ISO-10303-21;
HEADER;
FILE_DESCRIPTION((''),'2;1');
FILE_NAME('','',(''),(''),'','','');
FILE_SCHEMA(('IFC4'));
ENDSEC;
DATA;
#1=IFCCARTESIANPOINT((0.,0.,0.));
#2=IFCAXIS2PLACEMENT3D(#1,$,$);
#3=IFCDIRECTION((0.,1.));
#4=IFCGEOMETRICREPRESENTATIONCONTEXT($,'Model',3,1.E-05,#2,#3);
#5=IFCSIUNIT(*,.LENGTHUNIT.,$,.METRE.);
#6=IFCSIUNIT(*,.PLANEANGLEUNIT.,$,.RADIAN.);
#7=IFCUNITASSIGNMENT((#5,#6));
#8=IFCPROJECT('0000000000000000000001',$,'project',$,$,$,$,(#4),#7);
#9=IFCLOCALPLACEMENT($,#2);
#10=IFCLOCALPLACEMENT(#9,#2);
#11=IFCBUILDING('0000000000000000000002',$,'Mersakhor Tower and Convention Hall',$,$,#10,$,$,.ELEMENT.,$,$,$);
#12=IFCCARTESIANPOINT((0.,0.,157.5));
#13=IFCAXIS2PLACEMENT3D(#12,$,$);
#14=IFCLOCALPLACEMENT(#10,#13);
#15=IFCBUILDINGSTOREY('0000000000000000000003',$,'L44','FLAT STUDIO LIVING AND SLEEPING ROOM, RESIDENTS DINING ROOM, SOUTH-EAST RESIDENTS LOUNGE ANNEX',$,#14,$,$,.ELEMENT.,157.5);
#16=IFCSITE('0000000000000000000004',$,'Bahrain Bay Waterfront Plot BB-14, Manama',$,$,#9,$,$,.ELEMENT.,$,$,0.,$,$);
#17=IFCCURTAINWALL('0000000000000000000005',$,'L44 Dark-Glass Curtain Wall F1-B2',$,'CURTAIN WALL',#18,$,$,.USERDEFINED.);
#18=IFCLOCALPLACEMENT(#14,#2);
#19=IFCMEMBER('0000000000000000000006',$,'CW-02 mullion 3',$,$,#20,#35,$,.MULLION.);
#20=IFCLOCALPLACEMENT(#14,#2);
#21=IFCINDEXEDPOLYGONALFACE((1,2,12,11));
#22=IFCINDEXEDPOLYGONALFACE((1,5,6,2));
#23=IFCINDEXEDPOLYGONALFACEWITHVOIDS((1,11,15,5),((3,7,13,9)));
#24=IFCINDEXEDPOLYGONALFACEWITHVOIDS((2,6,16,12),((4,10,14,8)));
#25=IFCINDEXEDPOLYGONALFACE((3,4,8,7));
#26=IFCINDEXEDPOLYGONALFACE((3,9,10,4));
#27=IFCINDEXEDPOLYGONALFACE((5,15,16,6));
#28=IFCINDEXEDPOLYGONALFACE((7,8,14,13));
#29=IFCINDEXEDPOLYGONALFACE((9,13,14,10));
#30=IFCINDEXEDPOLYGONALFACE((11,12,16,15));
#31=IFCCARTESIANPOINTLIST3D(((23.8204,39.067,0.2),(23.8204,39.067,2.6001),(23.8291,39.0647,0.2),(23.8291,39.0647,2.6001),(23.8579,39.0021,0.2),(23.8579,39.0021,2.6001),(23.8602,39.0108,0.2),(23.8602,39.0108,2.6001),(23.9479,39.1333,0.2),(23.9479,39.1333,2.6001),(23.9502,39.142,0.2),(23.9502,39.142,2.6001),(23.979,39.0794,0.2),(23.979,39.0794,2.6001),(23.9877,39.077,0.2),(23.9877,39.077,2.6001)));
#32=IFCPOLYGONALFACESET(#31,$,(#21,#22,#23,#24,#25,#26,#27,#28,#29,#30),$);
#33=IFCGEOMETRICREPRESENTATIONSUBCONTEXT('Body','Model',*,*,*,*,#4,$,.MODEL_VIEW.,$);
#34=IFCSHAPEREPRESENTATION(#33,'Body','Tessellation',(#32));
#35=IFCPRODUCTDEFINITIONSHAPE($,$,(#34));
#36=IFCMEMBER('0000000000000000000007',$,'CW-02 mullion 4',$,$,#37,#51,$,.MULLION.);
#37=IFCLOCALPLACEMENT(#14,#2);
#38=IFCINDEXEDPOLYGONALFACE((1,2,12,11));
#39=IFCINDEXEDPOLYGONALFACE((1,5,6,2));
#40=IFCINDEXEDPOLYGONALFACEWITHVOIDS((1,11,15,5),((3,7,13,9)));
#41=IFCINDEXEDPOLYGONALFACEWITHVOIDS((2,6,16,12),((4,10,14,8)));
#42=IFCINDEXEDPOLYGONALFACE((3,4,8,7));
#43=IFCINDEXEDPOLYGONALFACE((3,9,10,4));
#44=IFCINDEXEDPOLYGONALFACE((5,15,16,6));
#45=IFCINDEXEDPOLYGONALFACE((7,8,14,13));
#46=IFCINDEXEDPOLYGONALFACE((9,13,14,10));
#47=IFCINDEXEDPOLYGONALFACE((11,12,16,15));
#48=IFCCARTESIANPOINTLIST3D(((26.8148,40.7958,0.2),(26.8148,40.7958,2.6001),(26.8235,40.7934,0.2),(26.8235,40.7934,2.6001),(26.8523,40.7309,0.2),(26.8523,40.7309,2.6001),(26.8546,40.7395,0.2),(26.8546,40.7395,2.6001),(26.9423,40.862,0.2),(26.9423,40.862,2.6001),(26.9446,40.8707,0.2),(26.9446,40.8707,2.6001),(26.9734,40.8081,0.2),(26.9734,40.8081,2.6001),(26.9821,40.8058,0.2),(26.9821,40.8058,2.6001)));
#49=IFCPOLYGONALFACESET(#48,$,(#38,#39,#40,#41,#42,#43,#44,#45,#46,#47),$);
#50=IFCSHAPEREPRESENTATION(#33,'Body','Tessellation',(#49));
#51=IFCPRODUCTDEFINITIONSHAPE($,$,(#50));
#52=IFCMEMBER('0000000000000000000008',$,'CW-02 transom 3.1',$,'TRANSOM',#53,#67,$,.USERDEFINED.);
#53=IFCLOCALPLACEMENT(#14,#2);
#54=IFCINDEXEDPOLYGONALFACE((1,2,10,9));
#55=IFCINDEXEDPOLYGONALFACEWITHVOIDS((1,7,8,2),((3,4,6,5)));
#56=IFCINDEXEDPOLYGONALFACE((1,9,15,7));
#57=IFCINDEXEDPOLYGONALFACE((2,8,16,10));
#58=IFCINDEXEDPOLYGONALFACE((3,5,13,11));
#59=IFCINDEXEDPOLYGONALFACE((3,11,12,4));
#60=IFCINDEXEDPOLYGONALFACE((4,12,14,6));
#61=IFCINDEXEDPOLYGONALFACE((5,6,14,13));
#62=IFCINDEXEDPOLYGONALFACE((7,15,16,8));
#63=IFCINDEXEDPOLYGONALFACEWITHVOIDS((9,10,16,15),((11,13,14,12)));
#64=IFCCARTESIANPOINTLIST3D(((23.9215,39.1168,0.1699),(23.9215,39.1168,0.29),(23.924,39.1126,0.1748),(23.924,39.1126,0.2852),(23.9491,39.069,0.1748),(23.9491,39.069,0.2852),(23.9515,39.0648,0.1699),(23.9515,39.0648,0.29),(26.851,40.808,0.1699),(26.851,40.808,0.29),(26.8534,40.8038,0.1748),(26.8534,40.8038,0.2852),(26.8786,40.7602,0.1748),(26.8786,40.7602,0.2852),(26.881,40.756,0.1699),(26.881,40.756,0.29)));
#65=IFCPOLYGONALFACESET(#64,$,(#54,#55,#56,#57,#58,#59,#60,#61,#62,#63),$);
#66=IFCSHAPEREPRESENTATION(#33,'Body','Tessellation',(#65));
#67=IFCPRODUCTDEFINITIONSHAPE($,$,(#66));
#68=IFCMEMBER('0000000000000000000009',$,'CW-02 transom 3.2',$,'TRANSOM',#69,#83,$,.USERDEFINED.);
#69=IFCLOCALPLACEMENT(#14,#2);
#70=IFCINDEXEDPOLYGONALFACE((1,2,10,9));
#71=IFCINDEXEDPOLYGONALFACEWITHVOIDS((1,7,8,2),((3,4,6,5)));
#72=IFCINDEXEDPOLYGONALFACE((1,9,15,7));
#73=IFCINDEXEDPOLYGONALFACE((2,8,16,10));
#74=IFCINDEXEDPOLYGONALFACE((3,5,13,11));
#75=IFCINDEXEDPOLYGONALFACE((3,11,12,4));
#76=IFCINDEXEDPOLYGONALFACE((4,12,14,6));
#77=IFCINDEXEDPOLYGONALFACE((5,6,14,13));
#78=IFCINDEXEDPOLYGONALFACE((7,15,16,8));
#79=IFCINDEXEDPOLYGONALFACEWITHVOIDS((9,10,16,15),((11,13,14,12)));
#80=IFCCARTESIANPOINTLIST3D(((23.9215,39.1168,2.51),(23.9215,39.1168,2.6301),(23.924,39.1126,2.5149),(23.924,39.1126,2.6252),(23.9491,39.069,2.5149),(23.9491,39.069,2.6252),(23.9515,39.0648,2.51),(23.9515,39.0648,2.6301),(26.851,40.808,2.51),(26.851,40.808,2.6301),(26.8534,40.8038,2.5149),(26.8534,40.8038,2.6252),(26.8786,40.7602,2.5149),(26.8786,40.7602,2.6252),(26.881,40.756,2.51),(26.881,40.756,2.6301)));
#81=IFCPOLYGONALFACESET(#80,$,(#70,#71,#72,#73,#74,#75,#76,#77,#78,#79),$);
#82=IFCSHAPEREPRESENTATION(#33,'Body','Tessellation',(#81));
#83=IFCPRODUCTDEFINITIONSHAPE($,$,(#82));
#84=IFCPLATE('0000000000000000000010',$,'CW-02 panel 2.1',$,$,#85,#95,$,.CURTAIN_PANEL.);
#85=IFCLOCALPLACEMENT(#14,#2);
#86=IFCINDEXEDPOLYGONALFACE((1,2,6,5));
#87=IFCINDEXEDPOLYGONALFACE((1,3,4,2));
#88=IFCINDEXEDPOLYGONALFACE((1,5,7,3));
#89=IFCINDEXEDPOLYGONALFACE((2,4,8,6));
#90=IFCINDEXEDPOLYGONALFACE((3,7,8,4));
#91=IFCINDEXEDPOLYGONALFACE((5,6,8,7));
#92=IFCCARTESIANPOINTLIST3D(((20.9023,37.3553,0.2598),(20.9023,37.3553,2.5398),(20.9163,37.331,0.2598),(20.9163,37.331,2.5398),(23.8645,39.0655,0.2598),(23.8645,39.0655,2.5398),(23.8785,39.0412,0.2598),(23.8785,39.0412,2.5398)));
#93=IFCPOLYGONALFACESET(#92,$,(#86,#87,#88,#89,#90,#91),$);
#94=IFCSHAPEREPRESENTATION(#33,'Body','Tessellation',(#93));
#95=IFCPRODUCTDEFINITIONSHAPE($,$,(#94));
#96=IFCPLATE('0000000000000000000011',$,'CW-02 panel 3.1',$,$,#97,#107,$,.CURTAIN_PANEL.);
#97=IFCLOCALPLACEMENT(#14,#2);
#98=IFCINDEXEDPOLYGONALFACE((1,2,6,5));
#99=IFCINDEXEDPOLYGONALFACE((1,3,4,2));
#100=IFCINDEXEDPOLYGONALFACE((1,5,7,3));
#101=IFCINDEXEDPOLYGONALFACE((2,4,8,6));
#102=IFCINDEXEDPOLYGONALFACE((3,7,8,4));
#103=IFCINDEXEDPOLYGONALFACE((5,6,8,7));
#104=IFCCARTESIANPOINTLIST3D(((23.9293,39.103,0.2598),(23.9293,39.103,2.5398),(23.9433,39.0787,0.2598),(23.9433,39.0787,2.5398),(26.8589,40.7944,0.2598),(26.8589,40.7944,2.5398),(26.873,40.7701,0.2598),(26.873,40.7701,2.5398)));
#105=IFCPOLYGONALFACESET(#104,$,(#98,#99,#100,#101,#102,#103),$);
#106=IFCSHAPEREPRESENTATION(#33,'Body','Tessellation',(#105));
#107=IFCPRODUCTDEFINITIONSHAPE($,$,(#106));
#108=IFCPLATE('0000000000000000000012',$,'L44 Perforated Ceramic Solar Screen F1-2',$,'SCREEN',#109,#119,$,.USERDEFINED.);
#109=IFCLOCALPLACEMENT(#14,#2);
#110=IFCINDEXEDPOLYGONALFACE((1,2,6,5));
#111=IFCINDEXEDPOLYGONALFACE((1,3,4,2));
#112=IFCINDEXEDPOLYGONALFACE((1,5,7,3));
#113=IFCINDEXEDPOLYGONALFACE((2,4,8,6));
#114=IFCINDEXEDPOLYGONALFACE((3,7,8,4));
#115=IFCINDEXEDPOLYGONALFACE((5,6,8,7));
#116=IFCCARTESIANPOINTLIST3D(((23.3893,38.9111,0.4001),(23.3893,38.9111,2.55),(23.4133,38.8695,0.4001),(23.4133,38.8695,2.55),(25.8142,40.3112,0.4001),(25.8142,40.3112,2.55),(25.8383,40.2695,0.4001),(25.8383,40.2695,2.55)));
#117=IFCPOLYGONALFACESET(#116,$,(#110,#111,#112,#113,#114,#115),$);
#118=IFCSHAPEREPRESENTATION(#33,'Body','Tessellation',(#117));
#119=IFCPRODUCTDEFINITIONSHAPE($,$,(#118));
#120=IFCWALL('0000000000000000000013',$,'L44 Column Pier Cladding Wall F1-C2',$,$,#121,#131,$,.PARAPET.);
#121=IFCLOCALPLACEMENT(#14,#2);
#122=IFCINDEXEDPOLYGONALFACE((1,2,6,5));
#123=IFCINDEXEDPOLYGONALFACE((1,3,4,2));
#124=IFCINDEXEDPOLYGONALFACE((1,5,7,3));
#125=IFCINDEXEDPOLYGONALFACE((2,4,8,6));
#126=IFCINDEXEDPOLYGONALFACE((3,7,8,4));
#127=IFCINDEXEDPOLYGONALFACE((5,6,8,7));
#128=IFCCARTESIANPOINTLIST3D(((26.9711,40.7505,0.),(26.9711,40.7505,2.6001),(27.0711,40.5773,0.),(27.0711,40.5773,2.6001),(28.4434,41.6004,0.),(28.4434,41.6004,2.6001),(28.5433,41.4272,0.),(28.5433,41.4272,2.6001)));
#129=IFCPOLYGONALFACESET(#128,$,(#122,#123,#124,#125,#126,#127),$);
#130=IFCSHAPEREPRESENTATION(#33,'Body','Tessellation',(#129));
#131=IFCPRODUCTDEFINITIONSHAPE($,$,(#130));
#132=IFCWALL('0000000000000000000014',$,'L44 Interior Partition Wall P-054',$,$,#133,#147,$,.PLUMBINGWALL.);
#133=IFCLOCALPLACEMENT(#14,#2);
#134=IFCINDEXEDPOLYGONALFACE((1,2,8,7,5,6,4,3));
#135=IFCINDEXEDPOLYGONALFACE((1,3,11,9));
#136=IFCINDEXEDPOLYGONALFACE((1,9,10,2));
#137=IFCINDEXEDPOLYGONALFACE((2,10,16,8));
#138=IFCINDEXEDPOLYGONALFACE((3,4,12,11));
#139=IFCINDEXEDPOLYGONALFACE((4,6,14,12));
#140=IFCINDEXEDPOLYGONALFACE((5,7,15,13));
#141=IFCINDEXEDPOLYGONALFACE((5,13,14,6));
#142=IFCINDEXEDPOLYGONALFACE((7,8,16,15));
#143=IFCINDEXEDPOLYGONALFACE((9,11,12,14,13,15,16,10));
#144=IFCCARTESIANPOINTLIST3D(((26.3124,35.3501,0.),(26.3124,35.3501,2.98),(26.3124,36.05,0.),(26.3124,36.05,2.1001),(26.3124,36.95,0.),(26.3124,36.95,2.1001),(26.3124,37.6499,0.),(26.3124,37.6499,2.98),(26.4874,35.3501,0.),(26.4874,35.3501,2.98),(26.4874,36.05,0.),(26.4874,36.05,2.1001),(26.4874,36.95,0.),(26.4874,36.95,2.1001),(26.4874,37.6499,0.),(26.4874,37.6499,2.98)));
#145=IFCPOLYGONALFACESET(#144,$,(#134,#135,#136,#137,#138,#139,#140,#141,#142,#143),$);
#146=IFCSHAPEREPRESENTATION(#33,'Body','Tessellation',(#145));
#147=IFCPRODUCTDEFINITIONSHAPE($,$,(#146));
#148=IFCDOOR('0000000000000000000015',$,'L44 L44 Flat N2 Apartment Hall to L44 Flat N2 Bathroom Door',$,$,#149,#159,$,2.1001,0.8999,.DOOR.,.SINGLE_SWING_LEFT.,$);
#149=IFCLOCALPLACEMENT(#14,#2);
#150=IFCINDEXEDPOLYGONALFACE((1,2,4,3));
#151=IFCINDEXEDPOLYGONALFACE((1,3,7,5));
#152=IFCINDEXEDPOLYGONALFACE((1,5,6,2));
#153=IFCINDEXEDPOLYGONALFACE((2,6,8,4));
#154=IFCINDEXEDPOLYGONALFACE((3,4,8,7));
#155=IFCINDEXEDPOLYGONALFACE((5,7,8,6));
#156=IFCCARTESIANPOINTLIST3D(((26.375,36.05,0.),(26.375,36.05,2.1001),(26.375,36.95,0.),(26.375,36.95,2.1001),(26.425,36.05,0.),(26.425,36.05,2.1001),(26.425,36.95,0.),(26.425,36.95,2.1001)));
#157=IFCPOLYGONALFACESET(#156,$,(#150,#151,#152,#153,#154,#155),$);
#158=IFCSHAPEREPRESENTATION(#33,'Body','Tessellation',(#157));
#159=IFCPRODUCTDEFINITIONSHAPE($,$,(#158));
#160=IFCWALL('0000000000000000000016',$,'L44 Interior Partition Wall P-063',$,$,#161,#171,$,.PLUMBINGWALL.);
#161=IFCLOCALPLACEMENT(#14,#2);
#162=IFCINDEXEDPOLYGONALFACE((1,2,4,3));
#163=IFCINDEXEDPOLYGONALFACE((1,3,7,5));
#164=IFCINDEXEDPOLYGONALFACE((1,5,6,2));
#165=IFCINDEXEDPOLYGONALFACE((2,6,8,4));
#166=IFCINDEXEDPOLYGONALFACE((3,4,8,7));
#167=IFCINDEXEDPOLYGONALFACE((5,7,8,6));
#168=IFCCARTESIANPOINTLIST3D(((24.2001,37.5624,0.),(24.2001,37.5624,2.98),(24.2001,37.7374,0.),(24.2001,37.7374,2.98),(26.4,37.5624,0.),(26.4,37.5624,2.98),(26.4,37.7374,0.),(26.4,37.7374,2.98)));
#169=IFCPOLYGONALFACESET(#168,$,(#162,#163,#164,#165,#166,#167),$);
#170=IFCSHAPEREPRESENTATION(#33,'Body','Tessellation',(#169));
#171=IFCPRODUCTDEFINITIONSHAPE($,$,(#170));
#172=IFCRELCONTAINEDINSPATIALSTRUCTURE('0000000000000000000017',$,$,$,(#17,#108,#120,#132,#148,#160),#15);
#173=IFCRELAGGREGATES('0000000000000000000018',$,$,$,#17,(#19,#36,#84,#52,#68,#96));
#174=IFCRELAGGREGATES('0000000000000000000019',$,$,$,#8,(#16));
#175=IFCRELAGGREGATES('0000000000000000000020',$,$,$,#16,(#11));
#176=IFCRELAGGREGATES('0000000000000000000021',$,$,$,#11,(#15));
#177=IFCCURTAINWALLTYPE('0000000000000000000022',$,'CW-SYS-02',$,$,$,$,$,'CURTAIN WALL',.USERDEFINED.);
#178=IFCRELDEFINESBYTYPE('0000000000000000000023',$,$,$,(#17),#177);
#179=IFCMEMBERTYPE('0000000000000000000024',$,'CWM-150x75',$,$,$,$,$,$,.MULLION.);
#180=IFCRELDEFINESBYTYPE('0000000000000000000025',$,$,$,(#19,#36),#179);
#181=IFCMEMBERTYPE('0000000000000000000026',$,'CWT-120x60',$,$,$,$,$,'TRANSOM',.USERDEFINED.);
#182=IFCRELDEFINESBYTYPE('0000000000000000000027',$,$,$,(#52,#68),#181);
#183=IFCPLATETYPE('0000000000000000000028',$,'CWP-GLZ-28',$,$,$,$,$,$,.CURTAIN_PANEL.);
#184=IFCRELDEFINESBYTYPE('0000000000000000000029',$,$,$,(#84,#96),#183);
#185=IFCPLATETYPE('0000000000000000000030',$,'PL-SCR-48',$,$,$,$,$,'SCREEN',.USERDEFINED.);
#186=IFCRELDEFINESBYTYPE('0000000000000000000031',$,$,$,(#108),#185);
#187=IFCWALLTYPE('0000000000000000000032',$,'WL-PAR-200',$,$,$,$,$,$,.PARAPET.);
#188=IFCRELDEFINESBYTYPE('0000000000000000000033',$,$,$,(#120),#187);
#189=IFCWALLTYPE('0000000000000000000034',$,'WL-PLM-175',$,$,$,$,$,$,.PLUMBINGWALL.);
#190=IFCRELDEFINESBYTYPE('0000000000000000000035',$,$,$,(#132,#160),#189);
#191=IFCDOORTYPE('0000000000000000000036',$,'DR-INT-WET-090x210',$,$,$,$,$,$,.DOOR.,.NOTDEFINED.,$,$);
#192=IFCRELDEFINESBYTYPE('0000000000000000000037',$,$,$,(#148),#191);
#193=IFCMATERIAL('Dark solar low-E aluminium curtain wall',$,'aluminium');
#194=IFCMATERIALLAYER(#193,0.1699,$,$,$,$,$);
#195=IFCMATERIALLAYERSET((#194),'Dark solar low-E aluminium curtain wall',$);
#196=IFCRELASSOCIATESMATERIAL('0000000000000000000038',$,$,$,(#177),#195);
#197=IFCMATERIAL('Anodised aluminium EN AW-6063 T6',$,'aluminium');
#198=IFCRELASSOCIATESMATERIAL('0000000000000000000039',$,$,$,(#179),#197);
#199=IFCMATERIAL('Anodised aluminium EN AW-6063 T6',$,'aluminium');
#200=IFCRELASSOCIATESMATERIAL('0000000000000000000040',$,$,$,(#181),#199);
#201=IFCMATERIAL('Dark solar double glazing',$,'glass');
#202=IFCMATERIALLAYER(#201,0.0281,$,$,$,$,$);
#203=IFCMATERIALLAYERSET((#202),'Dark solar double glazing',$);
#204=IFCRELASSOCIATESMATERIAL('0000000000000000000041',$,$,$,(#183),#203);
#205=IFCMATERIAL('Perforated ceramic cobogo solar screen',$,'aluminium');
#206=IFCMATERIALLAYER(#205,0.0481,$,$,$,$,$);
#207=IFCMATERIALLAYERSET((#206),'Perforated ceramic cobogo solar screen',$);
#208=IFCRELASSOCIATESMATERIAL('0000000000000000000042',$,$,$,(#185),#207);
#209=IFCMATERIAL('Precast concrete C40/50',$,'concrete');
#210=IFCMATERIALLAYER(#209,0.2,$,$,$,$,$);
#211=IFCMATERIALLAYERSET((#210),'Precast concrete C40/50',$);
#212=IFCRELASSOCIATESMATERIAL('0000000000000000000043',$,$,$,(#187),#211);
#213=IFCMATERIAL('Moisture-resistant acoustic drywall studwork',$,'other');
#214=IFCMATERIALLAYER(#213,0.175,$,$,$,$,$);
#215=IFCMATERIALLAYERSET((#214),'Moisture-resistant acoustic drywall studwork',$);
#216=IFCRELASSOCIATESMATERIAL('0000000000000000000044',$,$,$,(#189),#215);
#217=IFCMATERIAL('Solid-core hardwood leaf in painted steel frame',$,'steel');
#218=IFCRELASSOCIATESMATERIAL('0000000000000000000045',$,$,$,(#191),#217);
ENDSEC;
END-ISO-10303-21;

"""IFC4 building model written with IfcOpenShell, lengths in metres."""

from ifc_helpers import new_model, si_unit, direction, frame, frame_2d, origin, origin_2d, place, context, subcontext, project, spatial, rectangle, hollow_rectangle, extrude, material, layer, layer_set, material_profile, profile_set, type_object, element, fill, aggregate, save


model = new_model("IFC4")

# Units and contexts
model_context = context("Model", 3, precision=1e-05, world=origin(), true_north=direction((0.0, 1.0)))
body_context = subcontext(model_context, "Body", "Model", "MODEL_VIEW")
ifc_project = project(units=[si_unit("LENGTHUNIT", "METRE"), si_unit("PLANEANGLEUNIT", "RADIAN")], contexts=[model_context])

# Site, building, storey
site_placement = place(None, origin())
site = spatial("IfcSite", under=ifc_project, at=site_placement, Name="Bahrain Bay Waterfront Plot BB-14, Manama", CompositionType="ELEMENT", RefElevation=0.0)
building_placement = place(site_placement, origin())
building = spatial("IfcBuilding", under=site, at=building_placement, Name="Mersakhor Tower and Convention Hall", CompositionType="ELEMENT")
storey_placement = place(building_placement, frame((0.0, 0.0, 157.5)))
storey = spatial("IfcBuildingStorey", under=building, at=storey_placement, Name="L44", Description="FLAT STUDIO LIVING AND SLEEPING ROOM, RESIDENTS DINING ROOM, SOUTH-EAST RESIDENTS LOUNGE ANNEX", CompositionType="ELEMENT", Elevation=157.5)

# Curtain wall, members, plates
ifc_material_1 = material(Name="Dark solar low-E aluminium curtain wall", Category="aluminium")
ifc_layer_1 = layer(ifc_material_1, 0.1699)
ifc_layer_set_1 = layer_set([ifc_layer_1], Name="Dark solar low-E aluminium curtain wall")
curtain_wall_type = type_object("IfcCurtainWallType", Name="CW-SYS-02", ElementType="CURTAIN WALL", PredefinedType="USERDEFINED", material=ifc_layer_set_1)
curtain_wall_placement = place(storey_placement, origin())
curtain_wall = element("IfcCurtainWall", 1, at=curtain_wall_placement, inside=storey, type_object=curtain_wall_type, Name="L44 Dark-Glass Curtain Wall F1-B2", ObjectType="CURTAIN WALL", PredefinedType="USERDEFINED")
ifc_material_2 = material(Name="Anodised aluminium EN AW-6063 T6", Category="aluminium")
ifc_material_profile_1 = material_profile(ifc_material_2, hollow_rectangle(XDim=0.075, YDim=0.1499, WallThickness=0.0063, at=origin_2d()), Name="RHS 150x75x6.3")
ifc_profile_set_1 = profile_set([ifc_material_profile_1], Name="Anodised aluminium EN AW-6063 T6")
member_type_1 = type_object("IfcMemberType", Name="CWM-150x75", PredefinedType="MULLION", material=ifc_profile_set_1)
member_1_placement = place(storey_placement, frame((23.9041, 39.072, 0.2), z_axis=(0.0, 0.0, 1.0), x_axis=(-0.49999, 0.866031, 0.0)))
member_1 = element("IfcMember", 2, at=member_1_placement, type_object=member_type_1, Name="CW-02 mullion 3", PredefinedType="MULLION", context=body_context, shape_type="SweptSolid", body=[
    extrude(hollow_rectangle(XDim=0.075, YDim=0.1499, WallThickness=0.0063, at=origin_2d()), origin(), (0.0, 0.0, 1.0), 2.4001),
])
member_2_placement = place(storey_placement, frame((26.8984, 40.8008, 0.2), z_axis=(0.0, 0.0, 1.0), x_axis=(-0.49999, 0.866031, 0.0)))
member_2 = element("IfcMember", 3, at=member_2_placement, type_object=member_type_1, Name="CW-02 mullion 4", PredefinedType="MULLION", context=body_context, shape_type="SweptSolid", body=[
    extrude(hollow_rectangle(XDim=0.075, YDim=0.1499, WallThickness=0.0063, at=origin_2d()), origin(), (0.0, 0.0, 1.0), 2.4001),
])
ifc_material_3 = material(Name="Anodised aluminium EN AW-6063 T6", Category="aluminium")
ifc_material_profile_2 = material_profile(ifc_material_3, hollow_rectangle(XDim=0.0601, YDim=0.1201, WallThickness=0.0049, at=origin_2d()), Name="RHS 120x60x5")
ifc_profile_set_2 = profile_set([ifc_material_profile_2], Name="Anodised aluminium EN AW-6063 T6")
member_type_2 = type_object("IfcMemberType", Name="CWT-120x60", ElementType="TRANSOM", PredefinedType="USERDEFINED", material=ifc_profile_set_2)
member_3_placement = place(storey_placement, frame((23.9365, 39.0908, 0.23), z_axis=(0.866045, 0.499966, 0.0), x_axis=(-0.499966, 0.866045, 0.0)))
member_3 = element("IfcMember", 4, at=member_3_placement, type_object=member_type_2, Name="CW-02 transom 3.1", ObjectType="TRANSOM", PredefinedType="USERDEFINED", context=body_context, shape_type="SweptSolid", body=[
    extrude(hollow_rectangle(XDim=0.0601, YDim=0.1201, WallThickness=0.0049, at=origin_2d()), origin(), (0.0, 0.0, 1.0), 3.3826),
])
member_4_placement = place(storey_placement, frame((23.9365, 39.0908, 2.5701), z_axis=(0.866045, 0.499966, 0.0), x_axis=(-0.499966, 0.866045, 0.0)))
member_4 = element("IfcMember", 5, at=member_4_placement, type_object=member_type_2, Name="CW-02 transom 3.2", ObjectType="TRANSOM", PredefinedType="USERDEFINED", context=body_context, shape_type="SweptSolid", body=[
    extrude(hollow_rectangle(XDim=0.0601, YDim=0.1201, WallThickness=0.0049, at=origin_2d()), origin(), (0.0, 0.0, 1.0), 3.3826),
])
ifc_material_4 = material(Name="Dark solar double glazing", Category="glass")
ifc_layer_2 = layer(ifc_material_4, 0.0281)
ifc_layer_set_2 = layer_set([ifc_layer_2], Name="Dark solar double glazing")
plate_type_1 = type_object("IfcPlateType", Name="CWP-GLZ-28", PredefinedType="CURTAIN_PANEL", material=ifc_layer_set_2)
plate_1_placement = place(storey_placement, frame((22.3904, 38.1982, 0.2598), z_axis=(0.0, 0.0, 1.0), x_axis=(0.866031, 0.49999, 0.0)))
plate_1 = element("IfcPlate", 6, at=plate_1_placement, type_object=plate_type_1, Name="CW-02 panel 2.1", PredefinedType="CURTAIN_PANEL", context=body_context, shape_type="SweptSolid", body=[
    extrude(rectangle(XDim=3.4204, YDim=0.0281, at=origin_2d()), origin(), (0.0, 0.0, 1.0), 2.28),
])
plate_2_placement = place(storey_placement, frame((25.4011, 39.9365, 0.2598), z_axis=(0.0, 0.0, 1.0), x_axis=(0.866031, 0.49999, 0.0)))
plate_2 = element("IfcPlate", 7, at=plate_2_placement, type_object=plate_type_1, Name="CW-02 panel 3.1", PredefinedType="CURTAIN_PANEL", context=body_context, shape_type="SweptSolid", body=[
    extrude(rectangle(XDim=3.3828, YDim=0.0281, at=origin_2d()), origin(), (0.0, 0.0, 1.0), 2.28),
])
aggregate(curtain_wall, [member_1, member_2, plate_1, member_3, member_4, plate_2])

# Plate
ifc_material_5 = material(Name="Perforated ceramic cobogo solar screen", Category="aluminium")
ifc_layer_3 = layer(ifc_material_5, 0.0481)
ifc_layer_set_3 = layer_set([ifc_layer_3], Name="Perforated ceramic cobogo solar screen")
plate_type_2 = type_object("IfcPlateType", Name="PL-SCR-48", ElementType="SCREEN", PredefinedType="USERDEFINED", material=ifc_layer_set_3)
plate_3_placement = place(storey_placement, frame((24.6138, 39.5903, 0.4001), z_axis=(0.0, 0.0, 1.0), x_axis=(0.866025, 0.5, 0.0)))
element("IfcPlate", 8, at=plate_3_placement, inside=storey, type_object=plate_type_2, Name="L44 Perforated Ceramic Solar Screen F1-2", ObjectType="SCREEN", PredefinedType="USERDEFINED", context=body_context, shape_type="SweptSolid", body=[
    extrude(rectangle(XDim=2.8, YDim=0.0481, at=origin_2d()), origin(), (0.0, 0.0, 1.0), 2.1499),
])

# Wall
ifc_material_6 = material(Name="Precast concrete C40/50", Category="concrete")
ifc_layer_4 = layer(ifc_material_6, 0.2)
ifc_layer_set_4 = layer_set([ifc_layer_4], Name="Precast concrete C40/50")
wall_type_1 = type_object("IfcWallType", Name="WL-PAR-200", PredefinedType="PARAPET", material=ifc_layer_set_4)
wall_1_placement = place(storey_placement, frame((27.021, 40.6638, 0.0), z_axis=(0.0, 0.0, 1.0), x_axis=(0.866052, 0.499955, 0.0)))
element("IfcWall", 9, at=wall_1_placement, inside=storey, type_object=wall_type_1, Name="L44 Column Pier Cladding Wall F1-C2", PredefinedType="PARAPET", context=body_context, shape_type="SweptSolid", body=[
    extrude(rectangle(XDim=1.7, YDim=0.2, at=frame_2d((0.8501, 0.0))), origin(), (0.0, 0.0, 1.0), 2.6001),
])

# Wall, opening, door
ifc_material_7 = material(Name="Moisture-resistant acoustic drywall studwork", Category="other")
ifc_layer_5 = layer(ifc_material_7, 0.175)
ifc_layer_set_5 = layer_set([ifc_layer_5], Name="Moisture-resistant acoustic drywall studwork")
wall_type_2 = type_object("IfcWallType", Name="WL-PLM-175", PredefinedType="PLUMBINGWALL", material=ifc_layer_set_5)
wall_2_placement = place(storey_placement, frame((26.3999, 35.3501, 0.0), z_axis=(0.0, 0.0, 1.0), x_axis=(0.0, 1.0, 0.0)))
wall_2 = element("IfcWall", 10, at=wall_2_placement, inside=storey, type_object=wall_type_2, Name="L44 Interior Partition Wall P-054", PredefinedType="PLUMBINGWALL", context=body_context, shape_type="SweptSolid", body=[
    extrude(rectangle(XDim=2.2998, YDim=0.175, at=frame_2d((1.1499, 0.0))), origin(), (0.0, 0.0, 1.0), 2.98),
])
opening_1_placement = place(wall_2_placement, frame((0.7, 0.0, 0.0)))
opening_1 = element("IfcOpeningElement", 11, at=opening_1_placement, cuts=wall_2, PredefinedType="OPENING", context=body_context, shape_type="SweptSolid", body=[
    extrude(rectangle(XDim=0.8999, YDim=2.1001, at=frame_2d((0.45, 1.05))), frame((0.0, 0.0974, 0.0), z_axis=(0.0, -1.0, 0.0), x_axis=(1.0, 0.0, 0.0)), (0.0, 0.0, 1.0), 0.1951),
])
ifc_material_8 = material(Name="Solid-core hardwood leaf in painted steel frame", Category="steel")
door_type_1 = type_object("IfcDoorType", Name="DR-INT-WET-090x210", OperationType="NOTDEFINED", PredefinedType="DOOR", material=ifc_material_8)
door_1_placement = place(opening_1_placement, origin())
door_1 = element("IfcDoor", 12, at=door_1_placement, inside=storey, type_object=door_type_1, Name="L44 L44 Flat N2 Apartment Hall to L44 Flat N2 Bathroom Door", OperationType="SINGLE_SWING_LEFT", OverallHeight=2.1001, OverallWidth=0.8999, PredefinedType="DOOR", context=body_context, shape_type="SweptSolid", body=[
    extrude(rectangle(XDim=0.8999, YDim=2.1001, at=frame_2d((0.45, 1.05))), frame((0.0, 0.0249, 0.0), z_axis=(0.0, -1.0, 0.0), x_axis=(1.0, 0.0, 0.0)), (0.0, 0.0, 1.0), 0.05),
])
fill(opening_1, door_1)

# Wall
wall_3_placement = place(storey_placement, frame((24.2, 37.6499, 0.0), z_axis=(0.0, 0.0, 1.0), x_axis=(1.0, 0.0, 0.0)))
element("IfcWall", 13, at=wall_3_placement, inside=storey, type_object=wall_type_2, Name="L44 Interior Partition Wall P-063", PredefinedType="PLUMBINGWALL", context=body_context, shape_type="SweptSolid", body=[
    extrude(rectangle(XDim=2.2, YDim=0.175, at=frame_2d((1.1001, 0.0))), origin(), (0.0, 0.0, 1.0), 2.98),
])

save(model, "model.ifc")
